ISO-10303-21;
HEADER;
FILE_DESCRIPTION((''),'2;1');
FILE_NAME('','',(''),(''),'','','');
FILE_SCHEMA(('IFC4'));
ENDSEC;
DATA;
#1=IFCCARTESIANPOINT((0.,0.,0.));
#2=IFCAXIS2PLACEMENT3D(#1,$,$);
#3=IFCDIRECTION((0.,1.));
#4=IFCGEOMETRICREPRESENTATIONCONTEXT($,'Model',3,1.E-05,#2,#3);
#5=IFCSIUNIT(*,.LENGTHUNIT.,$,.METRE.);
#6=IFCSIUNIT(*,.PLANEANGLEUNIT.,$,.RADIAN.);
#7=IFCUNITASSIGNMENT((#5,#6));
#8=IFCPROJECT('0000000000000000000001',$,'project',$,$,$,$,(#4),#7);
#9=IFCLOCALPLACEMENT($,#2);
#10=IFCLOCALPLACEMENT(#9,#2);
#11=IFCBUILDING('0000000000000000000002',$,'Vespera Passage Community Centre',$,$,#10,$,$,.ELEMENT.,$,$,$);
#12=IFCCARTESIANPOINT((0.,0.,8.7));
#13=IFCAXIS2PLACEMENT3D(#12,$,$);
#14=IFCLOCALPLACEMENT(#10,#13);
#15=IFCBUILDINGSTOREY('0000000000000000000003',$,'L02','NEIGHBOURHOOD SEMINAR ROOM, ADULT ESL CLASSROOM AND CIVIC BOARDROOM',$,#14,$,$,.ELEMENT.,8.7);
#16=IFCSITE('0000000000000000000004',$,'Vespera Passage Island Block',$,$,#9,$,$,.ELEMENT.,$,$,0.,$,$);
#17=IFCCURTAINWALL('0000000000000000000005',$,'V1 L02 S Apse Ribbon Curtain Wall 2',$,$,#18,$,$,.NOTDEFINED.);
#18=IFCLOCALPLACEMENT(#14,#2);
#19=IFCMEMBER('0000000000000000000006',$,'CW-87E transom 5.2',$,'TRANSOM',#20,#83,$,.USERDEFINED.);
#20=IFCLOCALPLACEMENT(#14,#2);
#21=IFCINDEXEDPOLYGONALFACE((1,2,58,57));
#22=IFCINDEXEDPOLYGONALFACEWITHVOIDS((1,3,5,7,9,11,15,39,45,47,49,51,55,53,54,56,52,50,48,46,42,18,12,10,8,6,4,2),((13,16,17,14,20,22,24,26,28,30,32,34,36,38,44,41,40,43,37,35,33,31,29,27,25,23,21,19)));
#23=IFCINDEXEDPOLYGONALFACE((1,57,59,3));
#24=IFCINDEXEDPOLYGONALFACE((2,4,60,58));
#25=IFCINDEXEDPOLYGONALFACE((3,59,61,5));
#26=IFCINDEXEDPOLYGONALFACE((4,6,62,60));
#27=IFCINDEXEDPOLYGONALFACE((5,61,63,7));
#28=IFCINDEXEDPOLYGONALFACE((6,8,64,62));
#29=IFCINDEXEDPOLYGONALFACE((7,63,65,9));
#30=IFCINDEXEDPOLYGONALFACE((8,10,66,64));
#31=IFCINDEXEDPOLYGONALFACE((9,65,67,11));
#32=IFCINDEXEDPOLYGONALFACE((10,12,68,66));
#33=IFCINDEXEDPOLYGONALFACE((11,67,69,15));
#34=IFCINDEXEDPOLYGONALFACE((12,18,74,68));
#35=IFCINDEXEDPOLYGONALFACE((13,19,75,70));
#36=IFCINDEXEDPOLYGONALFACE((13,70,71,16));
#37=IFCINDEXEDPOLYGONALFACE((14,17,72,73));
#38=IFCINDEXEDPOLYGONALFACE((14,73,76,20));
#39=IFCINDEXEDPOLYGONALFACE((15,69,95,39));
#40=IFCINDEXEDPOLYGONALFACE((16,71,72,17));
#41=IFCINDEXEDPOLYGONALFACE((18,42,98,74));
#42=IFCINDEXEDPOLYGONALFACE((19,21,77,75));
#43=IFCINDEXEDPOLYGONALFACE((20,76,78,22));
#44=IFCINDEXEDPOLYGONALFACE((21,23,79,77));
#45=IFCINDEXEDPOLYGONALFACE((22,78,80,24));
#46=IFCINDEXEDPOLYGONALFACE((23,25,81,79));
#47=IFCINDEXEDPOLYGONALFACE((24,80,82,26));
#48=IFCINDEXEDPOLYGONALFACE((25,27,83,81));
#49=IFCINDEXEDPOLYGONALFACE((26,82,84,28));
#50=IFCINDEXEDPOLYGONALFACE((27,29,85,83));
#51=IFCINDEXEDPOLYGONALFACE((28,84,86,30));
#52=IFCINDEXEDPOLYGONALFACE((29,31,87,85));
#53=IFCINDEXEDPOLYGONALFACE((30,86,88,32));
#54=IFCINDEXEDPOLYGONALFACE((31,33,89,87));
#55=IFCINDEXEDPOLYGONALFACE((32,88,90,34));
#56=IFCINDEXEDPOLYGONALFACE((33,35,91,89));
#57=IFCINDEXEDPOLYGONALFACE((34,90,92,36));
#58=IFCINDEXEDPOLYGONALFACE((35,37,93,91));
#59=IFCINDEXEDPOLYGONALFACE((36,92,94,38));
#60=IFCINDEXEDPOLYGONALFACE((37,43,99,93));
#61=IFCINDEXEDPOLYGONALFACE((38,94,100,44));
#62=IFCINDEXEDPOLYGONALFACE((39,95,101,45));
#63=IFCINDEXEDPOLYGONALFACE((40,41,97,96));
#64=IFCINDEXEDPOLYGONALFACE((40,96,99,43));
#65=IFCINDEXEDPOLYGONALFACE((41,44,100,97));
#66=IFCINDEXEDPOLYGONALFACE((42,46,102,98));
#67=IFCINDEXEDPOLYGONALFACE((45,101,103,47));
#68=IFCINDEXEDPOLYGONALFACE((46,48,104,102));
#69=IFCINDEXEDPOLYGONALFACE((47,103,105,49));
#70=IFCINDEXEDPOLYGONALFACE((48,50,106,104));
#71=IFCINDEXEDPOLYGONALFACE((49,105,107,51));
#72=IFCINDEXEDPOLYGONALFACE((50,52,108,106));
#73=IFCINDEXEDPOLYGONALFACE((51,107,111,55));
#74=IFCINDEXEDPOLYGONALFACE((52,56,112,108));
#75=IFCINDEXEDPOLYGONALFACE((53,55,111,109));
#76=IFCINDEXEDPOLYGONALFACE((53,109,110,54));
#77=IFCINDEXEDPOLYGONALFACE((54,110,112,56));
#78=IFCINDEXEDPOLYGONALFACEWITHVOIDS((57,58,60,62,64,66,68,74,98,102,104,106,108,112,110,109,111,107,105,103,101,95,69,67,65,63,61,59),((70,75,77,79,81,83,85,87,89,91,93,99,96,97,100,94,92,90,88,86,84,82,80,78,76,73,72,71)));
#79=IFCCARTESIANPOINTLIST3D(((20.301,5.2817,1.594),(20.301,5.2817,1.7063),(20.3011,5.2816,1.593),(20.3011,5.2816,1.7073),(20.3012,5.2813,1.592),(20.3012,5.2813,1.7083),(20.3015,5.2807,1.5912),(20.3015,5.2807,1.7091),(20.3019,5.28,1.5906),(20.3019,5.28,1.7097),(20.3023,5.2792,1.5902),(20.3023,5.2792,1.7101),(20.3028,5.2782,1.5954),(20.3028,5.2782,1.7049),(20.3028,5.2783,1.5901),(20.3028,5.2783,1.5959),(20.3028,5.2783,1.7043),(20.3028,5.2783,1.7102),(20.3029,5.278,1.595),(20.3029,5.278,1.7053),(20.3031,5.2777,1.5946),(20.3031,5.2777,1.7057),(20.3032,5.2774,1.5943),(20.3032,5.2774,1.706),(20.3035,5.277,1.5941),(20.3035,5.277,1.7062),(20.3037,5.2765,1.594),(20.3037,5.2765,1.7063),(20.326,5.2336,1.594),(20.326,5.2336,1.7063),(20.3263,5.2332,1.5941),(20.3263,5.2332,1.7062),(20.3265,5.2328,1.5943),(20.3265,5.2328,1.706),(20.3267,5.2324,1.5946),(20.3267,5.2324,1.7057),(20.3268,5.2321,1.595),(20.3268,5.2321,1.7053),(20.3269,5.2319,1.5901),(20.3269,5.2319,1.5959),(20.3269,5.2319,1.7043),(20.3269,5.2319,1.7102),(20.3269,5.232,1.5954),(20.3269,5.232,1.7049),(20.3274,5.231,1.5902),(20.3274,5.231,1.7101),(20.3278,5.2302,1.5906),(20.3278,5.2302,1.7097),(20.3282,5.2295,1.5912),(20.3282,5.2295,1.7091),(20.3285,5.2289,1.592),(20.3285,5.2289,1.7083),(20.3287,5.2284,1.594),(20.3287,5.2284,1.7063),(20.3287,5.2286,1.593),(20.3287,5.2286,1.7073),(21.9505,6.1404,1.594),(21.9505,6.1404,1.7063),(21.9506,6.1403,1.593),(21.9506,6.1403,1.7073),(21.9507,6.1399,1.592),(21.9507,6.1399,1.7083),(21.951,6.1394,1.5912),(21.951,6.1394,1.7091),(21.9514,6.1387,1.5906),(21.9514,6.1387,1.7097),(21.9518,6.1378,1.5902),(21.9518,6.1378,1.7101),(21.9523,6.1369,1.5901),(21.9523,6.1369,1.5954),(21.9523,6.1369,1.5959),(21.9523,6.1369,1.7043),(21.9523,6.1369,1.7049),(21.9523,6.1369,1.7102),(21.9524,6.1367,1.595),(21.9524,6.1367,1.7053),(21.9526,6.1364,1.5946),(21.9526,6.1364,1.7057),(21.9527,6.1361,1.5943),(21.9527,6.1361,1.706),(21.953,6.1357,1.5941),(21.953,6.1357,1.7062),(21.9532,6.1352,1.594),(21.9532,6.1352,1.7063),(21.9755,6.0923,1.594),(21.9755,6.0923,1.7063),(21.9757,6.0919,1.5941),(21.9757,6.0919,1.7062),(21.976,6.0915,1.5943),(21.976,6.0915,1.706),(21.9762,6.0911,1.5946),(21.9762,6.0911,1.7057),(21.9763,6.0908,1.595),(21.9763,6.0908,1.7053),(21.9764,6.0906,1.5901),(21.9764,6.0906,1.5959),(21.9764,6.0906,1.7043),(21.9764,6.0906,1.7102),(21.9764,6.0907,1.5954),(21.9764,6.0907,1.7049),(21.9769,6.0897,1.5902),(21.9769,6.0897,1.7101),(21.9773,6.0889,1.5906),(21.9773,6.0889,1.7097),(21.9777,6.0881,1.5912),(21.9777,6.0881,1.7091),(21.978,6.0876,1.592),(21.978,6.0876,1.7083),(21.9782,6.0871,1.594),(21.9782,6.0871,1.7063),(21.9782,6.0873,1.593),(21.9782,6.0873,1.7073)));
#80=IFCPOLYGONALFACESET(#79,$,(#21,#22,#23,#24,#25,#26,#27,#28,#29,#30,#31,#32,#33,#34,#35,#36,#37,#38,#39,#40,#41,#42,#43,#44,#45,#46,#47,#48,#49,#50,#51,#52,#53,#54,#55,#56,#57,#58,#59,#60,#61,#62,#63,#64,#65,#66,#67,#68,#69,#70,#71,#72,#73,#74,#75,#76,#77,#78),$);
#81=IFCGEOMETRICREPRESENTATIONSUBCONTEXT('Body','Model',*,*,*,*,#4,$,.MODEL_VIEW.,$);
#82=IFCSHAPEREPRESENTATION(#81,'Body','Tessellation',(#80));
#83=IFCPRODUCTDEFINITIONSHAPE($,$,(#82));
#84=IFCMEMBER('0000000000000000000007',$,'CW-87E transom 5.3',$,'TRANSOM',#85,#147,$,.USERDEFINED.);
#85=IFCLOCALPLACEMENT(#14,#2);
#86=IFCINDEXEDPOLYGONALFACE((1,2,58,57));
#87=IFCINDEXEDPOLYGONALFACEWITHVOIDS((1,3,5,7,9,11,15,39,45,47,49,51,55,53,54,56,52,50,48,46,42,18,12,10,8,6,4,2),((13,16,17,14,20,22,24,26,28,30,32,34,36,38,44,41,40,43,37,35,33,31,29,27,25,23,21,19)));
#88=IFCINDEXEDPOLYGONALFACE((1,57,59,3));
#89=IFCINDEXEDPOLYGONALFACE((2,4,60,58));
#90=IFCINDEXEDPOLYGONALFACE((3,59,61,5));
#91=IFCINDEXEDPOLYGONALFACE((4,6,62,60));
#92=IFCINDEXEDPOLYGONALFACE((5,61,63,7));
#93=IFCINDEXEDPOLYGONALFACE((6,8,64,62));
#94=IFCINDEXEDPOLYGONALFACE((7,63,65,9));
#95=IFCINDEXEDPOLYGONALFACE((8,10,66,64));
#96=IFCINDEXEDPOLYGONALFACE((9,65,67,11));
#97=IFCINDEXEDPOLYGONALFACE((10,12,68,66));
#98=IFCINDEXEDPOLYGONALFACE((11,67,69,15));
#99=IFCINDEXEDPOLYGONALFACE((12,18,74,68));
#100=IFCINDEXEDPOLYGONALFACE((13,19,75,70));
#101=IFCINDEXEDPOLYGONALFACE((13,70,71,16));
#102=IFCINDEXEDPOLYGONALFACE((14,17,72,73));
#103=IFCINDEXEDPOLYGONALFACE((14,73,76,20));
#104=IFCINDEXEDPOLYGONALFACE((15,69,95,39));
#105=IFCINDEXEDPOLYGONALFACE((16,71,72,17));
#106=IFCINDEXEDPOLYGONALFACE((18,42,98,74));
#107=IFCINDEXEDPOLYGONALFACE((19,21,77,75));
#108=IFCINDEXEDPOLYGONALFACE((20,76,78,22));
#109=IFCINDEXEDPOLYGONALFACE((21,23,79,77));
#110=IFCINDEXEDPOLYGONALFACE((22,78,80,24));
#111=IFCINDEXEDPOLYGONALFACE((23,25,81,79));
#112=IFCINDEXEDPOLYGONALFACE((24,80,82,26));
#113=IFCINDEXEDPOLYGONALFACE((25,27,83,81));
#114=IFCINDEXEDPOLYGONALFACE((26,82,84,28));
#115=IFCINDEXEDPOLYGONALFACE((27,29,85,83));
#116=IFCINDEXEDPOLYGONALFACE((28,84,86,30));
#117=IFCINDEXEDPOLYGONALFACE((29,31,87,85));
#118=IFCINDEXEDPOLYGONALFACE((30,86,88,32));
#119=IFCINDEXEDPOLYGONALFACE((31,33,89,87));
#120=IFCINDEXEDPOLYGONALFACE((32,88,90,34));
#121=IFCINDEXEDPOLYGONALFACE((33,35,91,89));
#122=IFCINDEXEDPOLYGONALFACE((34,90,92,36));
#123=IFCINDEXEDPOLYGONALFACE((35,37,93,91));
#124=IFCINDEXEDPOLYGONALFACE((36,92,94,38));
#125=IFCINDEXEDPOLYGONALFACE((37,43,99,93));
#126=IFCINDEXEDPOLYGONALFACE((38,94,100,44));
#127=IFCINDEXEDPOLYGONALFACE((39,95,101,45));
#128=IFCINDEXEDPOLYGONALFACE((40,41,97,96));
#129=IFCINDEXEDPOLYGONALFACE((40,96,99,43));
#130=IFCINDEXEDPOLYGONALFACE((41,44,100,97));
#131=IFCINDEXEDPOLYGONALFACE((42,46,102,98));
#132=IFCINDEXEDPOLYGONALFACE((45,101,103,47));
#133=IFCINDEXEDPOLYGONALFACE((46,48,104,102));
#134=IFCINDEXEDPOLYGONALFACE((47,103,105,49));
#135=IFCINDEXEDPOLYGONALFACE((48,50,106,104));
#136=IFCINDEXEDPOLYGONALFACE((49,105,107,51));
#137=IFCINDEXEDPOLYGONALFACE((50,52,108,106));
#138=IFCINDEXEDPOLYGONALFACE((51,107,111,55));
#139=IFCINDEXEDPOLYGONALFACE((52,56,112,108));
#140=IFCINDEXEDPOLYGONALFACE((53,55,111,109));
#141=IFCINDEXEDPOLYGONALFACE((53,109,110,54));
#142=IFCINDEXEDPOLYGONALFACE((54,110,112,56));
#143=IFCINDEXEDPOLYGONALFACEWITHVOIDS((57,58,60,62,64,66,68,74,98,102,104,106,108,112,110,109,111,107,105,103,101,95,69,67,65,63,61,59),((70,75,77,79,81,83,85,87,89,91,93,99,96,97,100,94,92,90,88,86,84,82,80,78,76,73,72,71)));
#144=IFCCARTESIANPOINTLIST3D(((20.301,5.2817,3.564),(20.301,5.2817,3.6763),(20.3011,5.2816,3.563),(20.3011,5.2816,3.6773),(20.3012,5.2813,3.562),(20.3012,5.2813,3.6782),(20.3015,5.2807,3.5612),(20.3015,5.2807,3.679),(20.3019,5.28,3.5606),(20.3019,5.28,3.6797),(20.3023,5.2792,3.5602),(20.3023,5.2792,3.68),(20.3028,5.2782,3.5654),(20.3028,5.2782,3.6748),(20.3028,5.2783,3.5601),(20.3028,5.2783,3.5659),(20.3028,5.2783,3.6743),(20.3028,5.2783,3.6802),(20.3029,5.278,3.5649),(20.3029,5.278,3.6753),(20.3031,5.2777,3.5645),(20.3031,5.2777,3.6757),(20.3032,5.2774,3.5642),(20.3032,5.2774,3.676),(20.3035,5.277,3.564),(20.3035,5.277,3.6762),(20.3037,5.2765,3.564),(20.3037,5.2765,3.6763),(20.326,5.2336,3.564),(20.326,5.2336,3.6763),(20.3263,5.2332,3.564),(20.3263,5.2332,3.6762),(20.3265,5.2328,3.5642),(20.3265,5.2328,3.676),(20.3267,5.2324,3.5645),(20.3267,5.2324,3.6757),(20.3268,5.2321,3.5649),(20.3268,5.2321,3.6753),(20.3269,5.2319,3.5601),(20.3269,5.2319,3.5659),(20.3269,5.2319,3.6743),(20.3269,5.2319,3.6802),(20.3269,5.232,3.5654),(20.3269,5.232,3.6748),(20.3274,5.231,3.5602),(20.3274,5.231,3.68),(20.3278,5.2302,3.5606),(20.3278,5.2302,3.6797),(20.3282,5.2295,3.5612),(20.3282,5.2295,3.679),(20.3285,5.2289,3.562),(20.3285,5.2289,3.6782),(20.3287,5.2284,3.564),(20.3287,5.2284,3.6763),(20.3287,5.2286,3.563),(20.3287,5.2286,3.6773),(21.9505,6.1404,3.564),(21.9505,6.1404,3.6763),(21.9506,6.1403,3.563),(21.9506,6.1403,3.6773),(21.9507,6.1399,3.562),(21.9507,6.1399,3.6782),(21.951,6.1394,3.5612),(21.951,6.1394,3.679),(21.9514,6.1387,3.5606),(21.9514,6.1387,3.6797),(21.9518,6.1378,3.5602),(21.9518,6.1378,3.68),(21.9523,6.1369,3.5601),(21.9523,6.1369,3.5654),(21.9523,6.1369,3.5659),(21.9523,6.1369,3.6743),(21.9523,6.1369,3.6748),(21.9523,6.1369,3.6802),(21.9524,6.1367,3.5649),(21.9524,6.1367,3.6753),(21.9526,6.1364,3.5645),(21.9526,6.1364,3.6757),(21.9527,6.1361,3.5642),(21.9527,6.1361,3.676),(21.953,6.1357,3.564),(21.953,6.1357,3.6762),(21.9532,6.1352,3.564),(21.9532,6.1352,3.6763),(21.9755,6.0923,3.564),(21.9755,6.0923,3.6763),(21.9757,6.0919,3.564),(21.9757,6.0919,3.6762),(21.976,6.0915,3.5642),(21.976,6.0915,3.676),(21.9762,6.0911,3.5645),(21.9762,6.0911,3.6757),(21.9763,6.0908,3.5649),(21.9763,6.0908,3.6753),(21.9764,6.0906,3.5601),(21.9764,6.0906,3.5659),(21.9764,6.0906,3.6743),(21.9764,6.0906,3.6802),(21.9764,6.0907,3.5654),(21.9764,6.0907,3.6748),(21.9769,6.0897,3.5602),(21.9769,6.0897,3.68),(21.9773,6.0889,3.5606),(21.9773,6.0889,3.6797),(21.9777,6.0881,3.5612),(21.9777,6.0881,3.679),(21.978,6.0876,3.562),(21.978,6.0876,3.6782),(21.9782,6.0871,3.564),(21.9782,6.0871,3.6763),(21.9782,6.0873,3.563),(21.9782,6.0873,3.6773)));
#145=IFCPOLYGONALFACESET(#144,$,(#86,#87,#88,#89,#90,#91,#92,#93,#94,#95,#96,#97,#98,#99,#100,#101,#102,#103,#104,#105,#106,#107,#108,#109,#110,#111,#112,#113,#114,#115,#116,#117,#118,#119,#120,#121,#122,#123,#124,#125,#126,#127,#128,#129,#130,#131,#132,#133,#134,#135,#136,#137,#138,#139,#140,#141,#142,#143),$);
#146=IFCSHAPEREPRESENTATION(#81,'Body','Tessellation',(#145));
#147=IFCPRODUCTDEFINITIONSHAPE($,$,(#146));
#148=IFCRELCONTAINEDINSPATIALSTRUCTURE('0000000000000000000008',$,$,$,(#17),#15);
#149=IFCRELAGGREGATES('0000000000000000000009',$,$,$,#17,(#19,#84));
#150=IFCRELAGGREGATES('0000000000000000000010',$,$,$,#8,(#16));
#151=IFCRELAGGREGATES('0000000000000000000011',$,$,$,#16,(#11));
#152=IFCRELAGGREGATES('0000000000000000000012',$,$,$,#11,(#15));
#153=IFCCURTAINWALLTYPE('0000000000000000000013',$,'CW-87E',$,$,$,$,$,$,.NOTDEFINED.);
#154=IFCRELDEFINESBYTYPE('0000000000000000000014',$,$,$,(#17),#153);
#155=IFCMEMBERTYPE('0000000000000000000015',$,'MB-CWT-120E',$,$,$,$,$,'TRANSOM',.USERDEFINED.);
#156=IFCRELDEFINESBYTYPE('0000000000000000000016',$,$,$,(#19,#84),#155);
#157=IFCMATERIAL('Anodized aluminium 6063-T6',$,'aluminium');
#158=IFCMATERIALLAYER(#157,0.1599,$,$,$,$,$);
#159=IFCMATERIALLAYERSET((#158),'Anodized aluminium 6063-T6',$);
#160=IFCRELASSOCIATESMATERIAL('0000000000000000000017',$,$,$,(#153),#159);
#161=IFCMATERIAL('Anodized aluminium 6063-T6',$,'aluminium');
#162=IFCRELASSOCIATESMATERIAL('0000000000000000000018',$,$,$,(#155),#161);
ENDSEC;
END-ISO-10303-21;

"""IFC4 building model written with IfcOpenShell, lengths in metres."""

from ifc_helpers import new_model, si_unit, direction, frame, origin, origin_2d, place, context, subcontext, project, spatial, hollow_rectangle, extrude, material, layer, layer_set, material_profile, profile_set, type_object, element, aggregate, save


model = new_model("IFC4")

# Units and contexts
model_context = context("Model", 3, precision=1e-05, world=origin(), true_north=direction((0.0, 1.0)))
body_context = subcontext(model_context, "Body", "Model", "MODEL_VIEW")
ifc_project = project(units=[si_unit("LENGTHUNIT", "METRE"), si_unit("PLANEANGLEUNIT", "RADIAN")], contexts=[model_context])

# Site, building, storey
site_placement = place(None, origin())
site = spatial("IfcSite", under=ifc_project, at=site_placement, Name="Vespera Passage Island Block", CompositionType="ELEMENT", RefElevation=0.0)
building_placement = place(site_placement, origin())
building = spatial("IfcBuilding", under=site, at=building_placement, Name="Vespera Passage Community Centre", CompositionType="ELEMENT")
storey_placement = place(building_placement, frame((0.0, 0.0, 8.7)))
storey = spatial("IfcBuildingStorey", under=building, at=storey_placement, Name="L02", Description="NEIGHBOURHOOD SEMINAR ROOM, ADULT ESL CLASSROOM AND CIVIC BOARDROOM", CompositionType="ELEMENT", Elevation=8.7)

# Curtain wall
ifc_material_1 = material(Name="Anodized aluminium 6063-T6", Category="aluminium")
ifc_layer_1 = layer(ifc_material_1, 0.1599)
ifc_layer_set_1 = layer_set([ifc_layer_1], Name="Anodized aluminium 6063-T6")
curtain_wall_type = type_object("IfcCurtainWallType", Name="CW-87E", PredefinedType="NOTDEFINED", material=ifc_layer_set_1)
curtain_wall_1_placement = place(storey_placement, origin())
curtain_wall_1 = element("IfcCurtainWall", 1, at=curtain_wall_1_placement, inside=storey, type_object=curtain_wall_type, Name="V1 L02 S Apse Ribbon Curtain Wall 2", PredefinedType="NOTDEFINED")

# Members
ifc_material_2 = material(Name="Anodized aluminium 6063-T6", Category="aluminium")
ifc_material_profile_1 = material_profile(ifc_material_2, hollow_rectangle(XDim=0.0601, YDim=0.1201, WallThickness=0.0039, InnerFilletRadius=0.002, OuterFilletRadius=0.0039, at=origin_2d()), Name="ALU120X60X4")
ifc_profile_set_1 = profile_set([ifc_material_profile_1], Name="Anodized aluminium 6063-T6")
member_type_1 = type_object("IfcMemberType", Name="MB-CWT-120E", ElementType="TRANSOM", PredefinedType="USERDEFINED", material=ifc_profile_set_1)
member_1_placement = place(storey_placement, frame((21.9644, 6.1138, 1.6501), z_axis=(-0.887008, -0.461754, 0.0), x_axis=(0.461754, -0.887008, 0.0)))
member_1 = element("IfcMember", 2, at=member_1_placement, type_object=member_type_1, Name="CW-87E transom 5.2", ObjectType="TRANSOM", PredefinedType="USERDEFINED", context=body_context, shape_type="SweptSolid", body=[
    extrude(hollow_rectangle(XDim=0.0601, YDim=0.1201, WallThickness=0.0039, InnerFilletRadius=0.002, OuterFilletRadius=0.0039, at=origin_2d()), origin(), (0.0, 0.0, 1.0), 1.8596),
])
member_2_placement = place(storey_placement, frame((21.9644, 6.1138, 3.6201), z_axis=(-0.887008, -0.461754, 0.0), x_axis=(0.461754, -0.887008, 0.0)))
member_2 = element("IfcMember", 3, at=member_2_placement, type_object=member_type_1, Name="CW-87E transom 5.3", ObjectType="TRANSOM", PredefinedType="USERDEFINED", context=body_context, shape_type="SweptSolid", body=[
    extrude(hollow_rectangle(XDim=0.0601, YDim=0.1201, WallThickness=0.0039, InnerFilletRadius=0.002, OuterFilletRadius=0.0039, at=origin_2d()), origin(), (0.0, 0.0, 1.0), 1.8596),
])

aggregate(curtain_wall_1, [member_1, member_2])

save(model, "model.ifc")
